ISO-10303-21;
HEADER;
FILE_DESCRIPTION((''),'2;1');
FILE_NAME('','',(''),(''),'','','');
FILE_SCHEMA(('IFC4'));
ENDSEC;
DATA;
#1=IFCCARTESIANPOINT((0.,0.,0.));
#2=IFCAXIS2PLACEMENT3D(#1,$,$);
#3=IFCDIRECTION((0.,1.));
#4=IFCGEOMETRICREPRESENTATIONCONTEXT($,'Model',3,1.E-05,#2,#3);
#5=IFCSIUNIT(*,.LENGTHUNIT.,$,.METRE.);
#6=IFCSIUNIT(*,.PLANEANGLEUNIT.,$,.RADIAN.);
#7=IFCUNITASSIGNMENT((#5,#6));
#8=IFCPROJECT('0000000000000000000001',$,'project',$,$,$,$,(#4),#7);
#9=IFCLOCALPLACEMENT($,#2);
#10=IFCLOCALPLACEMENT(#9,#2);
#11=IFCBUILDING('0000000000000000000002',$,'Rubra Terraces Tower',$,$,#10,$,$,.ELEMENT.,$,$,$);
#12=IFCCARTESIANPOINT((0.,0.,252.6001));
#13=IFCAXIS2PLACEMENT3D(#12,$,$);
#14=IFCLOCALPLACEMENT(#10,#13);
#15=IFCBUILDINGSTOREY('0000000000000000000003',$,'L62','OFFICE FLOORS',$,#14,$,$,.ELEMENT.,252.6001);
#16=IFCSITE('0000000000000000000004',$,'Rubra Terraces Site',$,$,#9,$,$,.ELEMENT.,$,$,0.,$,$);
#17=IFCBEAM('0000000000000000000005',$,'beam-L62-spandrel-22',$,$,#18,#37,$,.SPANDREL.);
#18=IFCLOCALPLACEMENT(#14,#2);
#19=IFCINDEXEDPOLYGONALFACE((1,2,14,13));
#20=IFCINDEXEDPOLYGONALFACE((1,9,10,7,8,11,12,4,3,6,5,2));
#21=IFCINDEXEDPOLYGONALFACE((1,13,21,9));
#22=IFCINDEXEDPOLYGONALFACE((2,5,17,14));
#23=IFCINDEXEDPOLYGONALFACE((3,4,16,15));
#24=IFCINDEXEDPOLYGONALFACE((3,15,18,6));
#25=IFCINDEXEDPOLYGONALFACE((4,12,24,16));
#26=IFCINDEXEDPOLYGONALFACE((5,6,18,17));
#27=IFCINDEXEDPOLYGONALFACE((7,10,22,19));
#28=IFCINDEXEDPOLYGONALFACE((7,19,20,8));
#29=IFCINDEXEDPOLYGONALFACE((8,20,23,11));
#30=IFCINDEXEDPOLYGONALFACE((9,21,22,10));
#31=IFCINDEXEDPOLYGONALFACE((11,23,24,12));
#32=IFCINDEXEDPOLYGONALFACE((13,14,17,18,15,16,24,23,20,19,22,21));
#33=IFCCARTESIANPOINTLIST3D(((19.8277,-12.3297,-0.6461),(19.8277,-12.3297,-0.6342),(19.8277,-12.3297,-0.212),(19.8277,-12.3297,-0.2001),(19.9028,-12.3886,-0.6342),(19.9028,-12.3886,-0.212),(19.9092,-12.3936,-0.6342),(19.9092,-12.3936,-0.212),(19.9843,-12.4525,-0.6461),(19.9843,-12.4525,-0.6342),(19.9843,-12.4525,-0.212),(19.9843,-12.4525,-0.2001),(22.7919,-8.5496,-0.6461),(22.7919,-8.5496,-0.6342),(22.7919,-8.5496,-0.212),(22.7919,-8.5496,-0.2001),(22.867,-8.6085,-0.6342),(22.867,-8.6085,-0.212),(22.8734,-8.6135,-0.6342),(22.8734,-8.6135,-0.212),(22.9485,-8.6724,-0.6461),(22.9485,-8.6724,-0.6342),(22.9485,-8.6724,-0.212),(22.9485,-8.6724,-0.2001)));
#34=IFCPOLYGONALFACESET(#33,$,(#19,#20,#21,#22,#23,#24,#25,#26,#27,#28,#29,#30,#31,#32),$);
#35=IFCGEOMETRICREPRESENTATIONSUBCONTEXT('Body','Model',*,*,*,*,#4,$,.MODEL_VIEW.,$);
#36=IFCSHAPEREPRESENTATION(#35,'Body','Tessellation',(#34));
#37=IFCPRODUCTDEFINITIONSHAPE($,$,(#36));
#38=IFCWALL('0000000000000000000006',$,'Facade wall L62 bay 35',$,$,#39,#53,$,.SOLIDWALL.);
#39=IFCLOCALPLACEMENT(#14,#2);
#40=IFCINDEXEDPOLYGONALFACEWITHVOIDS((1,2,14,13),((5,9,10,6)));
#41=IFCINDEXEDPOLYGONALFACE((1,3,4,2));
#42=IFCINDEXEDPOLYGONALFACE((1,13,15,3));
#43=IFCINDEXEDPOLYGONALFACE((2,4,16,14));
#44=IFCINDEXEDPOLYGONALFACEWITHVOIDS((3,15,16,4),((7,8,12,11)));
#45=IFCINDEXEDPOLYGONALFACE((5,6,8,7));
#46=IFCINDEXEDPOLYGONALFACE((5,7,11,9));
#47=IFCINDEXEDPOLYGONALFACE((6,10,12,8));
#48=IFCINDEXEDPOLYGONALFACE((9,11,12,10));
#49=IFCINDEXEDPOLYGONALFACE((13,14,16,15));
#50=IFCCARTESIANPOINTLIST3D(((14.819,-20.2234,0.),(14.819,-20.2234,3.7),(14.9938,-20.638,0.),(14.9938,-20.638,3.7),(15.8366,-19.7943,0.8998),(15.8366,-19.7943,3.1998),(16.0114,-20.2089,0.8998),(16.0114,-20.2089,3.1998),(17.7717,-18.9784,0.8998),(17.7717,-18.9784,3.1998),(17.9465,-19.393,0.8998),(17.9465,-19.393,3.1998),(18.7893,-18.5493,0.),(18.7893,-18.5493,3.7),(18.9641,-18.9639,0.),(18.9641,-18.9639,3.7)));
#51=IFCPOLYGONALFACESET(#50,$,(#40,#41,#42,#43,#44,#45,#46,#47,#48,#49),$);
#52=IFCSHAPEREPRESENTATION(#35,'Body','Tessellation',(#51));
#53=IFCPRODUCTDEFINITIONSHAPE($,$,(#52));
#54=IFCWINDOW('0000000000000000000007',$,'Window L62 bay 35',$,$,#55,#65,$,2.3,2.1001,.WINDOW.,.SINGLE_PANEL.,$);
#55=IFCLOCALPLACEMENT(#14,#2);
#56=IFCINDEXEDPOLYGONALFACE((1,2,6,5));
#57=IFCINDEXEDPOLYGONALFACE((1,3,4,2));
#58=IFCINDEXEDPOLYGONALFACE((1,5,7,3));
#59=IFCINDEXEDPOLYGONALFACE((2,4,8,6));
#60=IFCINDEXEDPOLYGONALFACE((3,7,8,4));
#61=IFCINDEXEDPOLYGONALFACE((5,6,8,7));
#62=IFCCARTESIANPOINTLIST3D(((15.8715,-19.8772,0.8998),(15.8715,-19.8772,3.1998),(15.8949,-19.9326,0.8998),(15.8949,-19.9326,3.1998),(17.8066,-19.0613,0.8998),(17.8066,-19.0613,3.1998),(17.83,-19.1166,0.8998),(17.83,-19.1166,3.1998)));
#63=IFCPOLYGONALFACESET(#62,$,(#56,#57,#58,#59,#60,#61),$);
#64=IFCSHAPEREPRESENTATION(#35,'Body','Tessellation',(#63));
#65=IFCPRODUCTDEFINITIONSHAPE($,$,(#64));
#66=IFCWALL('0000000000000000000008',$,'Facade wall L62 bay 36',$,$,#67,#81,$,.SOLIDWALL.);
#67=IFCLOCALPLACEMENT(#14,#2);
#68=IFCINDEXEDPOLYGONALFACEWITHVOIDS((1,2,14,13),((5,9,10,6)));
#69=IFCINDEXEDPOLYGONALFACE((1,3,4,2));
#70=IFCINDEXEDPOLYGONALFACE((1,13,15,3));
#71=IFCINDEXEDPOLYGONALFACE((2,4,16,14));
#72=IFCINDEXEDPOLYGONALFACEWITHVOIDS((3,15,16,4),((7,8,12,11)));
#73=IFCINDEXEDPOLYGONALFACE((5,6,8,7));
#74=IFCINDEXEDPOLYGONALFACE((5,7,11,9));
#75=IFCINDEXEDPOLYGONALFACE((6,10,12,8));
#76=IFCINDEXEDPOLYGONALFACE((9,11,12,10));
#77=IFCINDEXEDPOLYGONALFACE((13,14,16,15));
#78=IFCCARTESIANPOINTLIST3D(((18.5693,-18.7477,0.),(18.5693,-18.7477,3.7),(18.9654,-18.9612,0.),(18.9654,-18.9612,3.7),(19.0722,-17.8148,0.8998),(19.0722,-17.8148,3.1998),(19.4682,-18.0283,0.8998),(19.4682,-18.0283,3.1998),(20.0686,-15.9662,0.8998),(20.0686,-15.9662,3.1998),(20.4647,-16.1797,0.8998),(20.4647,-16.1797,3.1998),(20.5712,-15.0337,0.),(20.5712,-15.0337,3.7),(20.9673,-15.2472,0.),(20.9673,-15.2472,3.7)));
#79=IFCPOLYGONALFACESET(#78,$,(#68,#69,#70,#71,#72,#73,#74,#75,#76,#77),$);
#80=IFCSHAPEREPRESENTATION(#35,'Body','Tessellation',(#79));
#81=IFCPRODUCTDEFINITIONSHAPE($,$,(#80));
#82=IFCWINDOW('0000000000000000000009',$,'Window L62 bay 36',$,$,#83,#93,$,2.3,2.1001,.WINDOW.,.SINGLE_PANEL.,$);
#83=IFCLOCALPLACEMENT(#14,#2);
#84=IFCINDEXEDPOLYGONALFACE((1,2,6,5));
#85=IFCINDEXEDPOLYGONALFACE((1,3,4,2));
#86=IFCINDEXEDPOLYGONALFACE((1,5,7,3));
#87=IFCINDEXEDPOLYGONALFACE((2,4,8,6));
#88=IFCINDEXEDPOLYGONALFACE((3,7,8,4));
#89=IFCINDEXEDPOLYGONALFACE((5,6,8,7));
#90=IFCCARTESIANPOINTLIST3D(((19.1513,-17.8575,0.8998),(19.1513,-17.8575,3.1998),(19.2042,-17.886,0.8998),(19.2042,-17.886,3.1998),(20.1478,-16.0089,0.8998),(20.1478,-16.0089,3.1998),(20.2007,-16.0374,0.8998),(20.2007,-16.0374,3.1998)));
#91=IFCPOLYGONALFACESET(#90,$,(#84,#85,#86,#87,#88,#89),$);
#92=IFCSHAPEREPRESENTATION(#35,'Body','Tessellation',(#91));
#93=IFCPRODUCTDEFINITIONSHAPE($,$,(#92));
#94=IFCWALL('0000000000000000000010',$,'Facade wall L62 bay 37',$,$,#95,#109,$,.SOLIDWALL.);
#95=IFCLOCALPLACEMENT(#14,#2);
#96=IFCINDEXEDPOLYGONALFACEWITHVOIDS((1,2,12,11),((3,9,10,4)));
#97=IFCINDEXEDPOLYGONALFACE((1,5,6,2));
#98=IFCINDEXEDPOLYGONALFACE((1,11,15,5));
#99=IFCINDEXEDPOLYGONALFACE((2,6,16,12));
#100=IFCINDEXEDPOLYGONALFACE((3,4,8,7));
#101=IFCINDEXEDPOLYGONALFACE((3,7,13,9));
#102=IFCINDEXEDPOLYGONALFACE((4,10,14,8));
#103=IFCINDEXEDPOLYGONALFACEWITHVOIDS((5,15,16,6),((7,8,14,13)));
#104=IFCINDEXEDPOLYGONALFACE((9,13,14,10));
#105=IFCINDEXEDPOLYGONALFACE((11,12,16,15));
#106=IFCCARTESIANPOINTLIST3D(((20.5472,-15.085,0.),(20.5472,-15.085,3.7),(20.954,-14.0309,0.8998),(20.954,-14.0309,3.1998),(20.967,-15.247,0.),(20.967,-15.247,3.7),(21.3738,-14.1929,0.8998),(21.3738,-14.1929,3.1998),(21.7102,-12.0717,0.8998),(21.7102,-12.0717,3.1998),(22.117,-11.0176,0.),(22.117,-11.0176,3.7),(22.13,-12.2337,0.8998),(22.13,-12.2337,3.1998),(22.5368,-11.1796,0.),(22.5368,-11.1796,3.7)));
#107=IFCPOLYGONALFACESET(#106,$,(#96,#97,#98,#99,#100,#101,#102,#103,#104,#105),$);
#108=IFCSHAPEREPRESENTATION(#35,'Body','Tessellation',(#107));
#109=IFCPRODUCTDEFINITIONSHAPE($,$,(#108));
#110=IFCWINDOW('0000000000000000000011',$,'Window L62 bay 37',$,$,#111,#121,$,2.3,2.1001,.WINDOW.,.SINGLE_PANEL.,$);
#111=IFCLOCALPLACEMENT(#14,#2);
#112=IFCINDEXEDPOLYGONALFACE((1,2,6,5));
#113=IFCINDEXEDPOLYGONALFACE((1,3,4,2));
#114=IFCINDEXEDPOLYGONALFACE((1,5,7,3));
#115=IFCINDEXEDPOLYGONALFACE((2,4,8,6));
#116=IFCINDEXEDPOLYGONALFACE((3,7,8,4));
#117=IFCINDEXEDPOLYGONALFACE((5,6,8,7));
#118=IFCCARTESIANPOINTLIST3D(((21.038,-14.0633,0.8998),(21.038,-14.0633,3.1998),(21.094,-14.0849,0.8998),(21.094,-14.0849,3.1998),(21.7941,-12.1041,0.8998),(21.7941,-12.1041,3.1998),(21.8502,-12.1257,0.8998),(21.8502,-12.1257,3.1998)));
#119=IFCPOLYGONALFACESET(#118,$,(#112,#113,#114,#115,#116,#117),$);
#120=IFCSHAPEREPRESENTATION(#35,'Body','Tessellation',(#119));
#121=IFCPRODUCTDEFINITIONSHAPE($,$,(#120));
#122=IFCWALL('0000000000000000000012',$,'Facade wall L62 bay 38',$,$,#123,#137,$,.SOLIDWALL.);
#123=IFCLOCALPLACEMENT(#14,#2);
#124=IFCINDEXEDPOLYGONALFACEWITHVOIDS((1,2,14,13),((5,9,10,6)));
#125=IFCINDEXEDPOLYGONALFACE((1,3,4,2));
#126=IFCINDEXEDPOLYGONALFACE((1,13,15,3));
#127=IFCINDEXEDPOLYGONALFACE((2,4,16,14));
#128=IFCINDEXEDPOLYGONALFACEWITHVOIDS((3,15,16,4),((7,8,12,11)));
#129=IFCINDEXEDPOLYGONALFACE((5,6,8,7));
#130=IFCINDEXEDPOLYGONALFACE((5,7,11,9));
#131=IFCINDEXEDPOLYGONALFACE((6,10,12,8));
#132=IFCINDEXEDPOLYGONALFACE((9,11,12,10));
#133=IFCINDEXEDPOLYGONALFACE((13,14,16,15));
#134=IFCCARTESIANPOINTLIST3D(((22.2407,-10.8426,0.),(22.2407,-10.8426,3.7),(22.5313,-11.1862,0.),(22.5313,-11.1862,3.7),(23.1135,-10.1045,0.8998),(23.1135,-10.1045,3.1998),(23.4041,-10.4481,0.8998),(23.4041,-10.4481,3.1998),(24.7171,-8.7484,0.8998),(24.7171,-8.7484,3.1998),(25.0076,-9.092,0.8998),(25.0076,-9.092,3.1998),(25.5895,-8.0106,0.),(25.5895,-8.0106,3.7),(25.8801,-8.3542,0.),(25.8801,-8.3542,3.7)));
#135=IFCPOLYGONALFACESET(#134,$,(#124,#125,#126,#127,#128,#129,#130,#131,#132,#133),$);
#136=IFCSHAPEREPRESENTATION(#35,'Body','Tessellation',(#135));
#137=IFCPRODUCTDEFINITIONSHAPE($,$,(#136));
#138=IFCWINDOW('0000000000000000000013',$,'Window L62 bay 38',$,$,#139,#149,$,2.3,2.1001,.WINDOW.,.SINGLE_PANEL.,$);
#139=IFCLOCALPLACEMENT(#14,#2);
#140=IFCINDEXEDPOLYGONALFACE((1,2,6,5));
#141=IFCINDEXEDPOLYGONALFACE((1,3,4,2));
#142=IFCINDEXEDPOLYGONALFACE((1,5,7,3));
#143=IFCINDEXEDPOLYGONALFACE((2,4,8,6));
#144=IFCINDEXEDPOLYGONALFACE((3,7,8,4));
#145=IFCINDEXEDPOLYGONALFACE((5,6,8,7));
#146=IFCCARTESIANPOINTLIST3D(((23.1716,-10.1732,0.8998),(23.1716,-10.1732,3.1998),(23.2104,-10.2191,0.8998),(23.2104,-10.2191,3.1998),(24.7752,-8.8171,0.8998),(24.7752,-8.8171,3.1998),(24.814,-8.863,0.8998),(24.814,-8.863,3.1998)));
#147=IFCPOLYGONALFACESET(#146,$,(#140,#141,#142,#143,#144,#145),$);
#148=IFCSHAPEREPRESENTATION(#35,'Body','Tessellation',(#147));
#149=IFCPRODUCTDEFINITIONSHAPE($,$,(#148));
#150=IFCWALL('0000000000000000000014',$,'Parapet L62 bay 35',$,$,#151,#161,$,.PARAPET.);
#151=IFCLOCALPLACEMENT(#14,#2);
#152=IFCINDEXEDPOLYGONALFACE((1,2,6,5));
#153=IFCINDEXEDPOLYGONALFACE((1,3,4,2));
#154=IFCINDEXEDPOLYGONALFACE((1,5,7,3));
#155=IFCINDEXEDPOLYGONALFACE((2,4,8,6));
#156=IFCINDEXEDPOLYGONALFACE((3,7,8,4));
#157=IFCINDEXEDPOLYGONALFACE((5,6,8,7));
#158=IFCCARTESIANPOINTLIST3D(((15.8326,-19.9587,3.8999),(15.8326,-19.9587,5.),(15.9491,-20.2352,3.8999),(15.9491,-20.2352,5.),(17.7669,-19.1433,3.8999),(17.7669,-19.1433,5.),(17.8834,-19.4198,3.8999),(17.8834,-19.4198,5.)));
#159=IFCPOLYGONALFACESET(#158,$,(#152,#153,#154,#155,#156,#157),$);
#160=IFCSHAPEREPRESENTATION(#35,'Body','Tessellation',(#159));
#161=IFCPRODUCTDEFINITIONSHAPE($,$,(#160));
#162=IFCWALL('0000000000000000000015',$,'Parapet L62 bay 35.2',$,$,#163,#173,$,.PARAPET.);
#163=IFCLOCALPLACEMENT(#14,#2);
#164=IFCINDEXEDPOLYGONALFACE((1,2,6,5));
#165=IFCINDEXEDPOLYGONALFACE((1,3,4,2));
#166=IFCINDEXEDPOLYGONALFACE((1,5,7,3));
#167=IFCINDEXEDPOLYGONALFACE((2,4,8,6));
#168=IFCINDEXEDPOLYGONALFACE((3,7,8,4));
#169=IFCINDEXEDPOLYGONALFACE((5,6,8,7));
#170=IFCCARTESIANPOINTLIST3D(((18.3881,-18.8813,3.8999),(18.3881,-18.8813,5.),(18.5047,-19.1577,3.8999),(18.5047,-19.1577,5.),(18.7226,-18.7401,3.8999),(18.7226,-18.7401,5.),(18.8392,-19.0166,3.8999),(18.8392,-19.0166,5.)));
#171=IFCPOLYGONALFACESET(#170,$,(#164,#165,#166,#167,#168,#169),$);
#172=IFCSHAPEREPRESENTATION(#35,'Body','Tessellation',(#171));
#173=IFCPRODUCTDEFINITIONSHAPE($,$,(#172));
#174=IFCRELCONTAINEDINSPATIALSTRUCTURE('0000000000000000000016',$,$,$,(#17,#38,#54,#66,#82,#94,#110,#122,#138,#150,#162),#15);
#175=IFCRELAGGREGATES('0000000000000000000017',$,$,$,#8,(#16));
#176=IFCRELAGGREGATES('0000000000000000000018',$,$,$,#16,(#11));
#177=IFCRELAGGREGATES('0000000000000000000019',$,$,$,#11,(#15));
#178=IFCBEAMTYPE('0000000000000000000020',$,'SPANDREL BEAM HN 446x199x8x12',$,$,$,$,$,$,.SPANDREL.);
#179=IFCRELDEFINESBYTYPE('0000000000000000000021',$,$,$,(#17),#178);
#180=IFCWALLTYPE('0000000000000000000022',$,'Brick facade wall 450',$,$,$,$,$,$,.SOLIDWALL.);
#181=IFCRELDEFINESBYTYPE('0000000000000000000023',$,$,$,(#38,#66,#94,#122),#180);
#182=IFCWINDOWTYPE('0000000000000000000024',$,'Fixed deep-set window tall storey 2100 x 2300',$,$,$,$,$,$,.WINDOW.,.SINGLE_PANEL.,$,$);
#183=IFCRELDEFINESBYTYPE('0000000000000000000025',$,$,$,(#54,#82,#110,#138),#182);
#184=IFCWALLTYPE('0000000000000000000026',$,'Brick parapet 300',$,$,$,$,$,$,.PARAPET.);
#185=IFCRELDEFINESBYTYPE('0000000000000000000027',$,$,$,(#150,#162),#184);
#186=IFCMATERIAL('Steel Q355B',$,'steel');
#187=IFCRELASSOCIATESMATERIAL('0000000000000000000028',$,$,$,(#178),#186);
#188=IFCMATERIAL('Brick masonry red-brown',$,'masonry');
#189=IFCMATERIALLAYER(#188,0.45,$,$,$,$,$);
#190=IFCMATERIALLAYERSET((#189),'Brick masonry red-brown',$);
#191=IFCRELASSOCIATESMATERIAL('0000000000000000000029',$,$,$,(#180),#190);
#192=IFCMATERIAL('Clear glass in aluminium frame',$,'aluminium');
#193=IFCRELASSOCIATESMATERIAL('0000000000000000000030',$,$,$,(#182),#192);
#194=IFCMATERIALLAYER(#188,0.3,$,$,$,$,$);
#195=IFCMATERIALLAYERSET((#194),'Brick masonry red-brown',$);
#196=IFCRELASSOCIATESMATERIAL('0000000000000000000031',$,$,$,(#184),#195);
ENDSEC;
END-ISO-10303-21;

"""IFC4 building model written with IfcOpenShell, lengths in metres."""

from ifc_helpers import new_model, si_unit, direction, frame, frame_2d, origin, origin_2d, place, context, subcontext, project, spatial, rectangle, i_section, extrude, material, layer, layer_set, material_profile, profile_set, type_object, element, fill, save


model = new_model("IFC4")

# Units and contexts
model_context = context("Model", 3, precision=1e-05, world=origin(), true_north=direction((0.0, 1.0)))
body_context = subcontext(model_context, "Body", "Model", "MODEL_VIEW")
ifc_project = project(units=[si_unit("LENGTHUNIT", "METRE"), si_unit("PLANEANGLEUNIT", "RADIAN")], contexts=[model_context])

# Site, building, storey
site_placement = place(None, origin())
site = spatial("IfcSite", under=ifc_project, at=site_placement, Name="Rubra Terraces Site", CompositionType="ELEMENT", RefElevation=0.0)
building_placement = place(site_placement, origin())
building = spatial("IfcBuilding", under=site, at=building_placement, Name="Rubra Terraces Tower", CompositionType="ELEMENT")
storey_placement = place(building_placement, frame((0.0, 0.0, 252.6001)))
storey = spatial("IfcBuildingStorey", under=building, at=storey_placement, Name="L62", Description="OFFICE FLOORS", CompositionType="ELEMENT", Elevation=252.6001)

# Beam
ifc_material_1 = material(Name="Steel Q355B", Category="steel")
ifc_material_profile_1 = material_profile(ifc_material_1, i_section(OverallWidth=0.199, OverallDepth=0.446, WebThickness=0.0081, FlangeThickness=0.012, at=origin_2d()), Name="HN 446x199x8x12")
ifc_profile_set_1 = profile_set([ifc_material_profile_1], Name="Steel Q355B")
beam_type_1 = type_object("IfcBeamType", Name="SPANDREL BEAM HN 446x199x8x12", PredefinedType="SPANDREL", material=ifc_profile_set_1)
beam_1_placement = place(storey_placement, frame((19.906, -12.3911, -0.4231), z_axis=(0.61706, 0.786916, 0.0), x_axis=(-0.786916, 0.61706, 0.0)))
element("IfcBeam", 1, at=beam_1_placement, inside=storey, type_object=beam_type_1, Name="beam-L62-spandrel-22", PredefinedType="SPANDREL", context=body_context, shape_type="SweptSolid", body=[
    extrude(i_section(OverallWidth=0.199, OverallDepth=0.446, WebThickness=0.0081, FlangeThickness=0.012, at=origin_2d()), origin(), (0.0, 0.0, 1.0), 4.8037),
])

# Walls, openings, windows
ifc_material_2 = material(Name="Brick masonry red-brown", Category="masonry")
ifc_layer_1 = layer(ifc_material_2, 0.45)
ifc_layer_set_1 = layer_set([ifc_layer_1], Name="Brick masonry red-brown")
wall_type_1 = type_object("IfcWallType", Name="Brick facade wall 450", PredefinedType="SOLIDWALL", material=ifc_layer_set_1)
wall_1_placement = place(storey_placement, frame((14.9065, -20.4307, 0.0), z_axis=(0.0, 0.0, 1.0), x_axis=(0.921436, 0.388531, 0.0)))
wall_1 = element("IfcWall", 2, at=wall_1_placement, inside=storey, type_object=wall_type_1, Name="Facade wall L62 bay 35", PredefinedType="SOLIDWALL", context=body_context, shape_type="SweptSolid", body=[
    extrude(rectangle(XDim=4.3088, YDim=0.45, at=frame_2d((2.1543, 0.0))), origin(), (0.0, 0.0, 1.0), 3.7),
])
opening_1_placement = place(wall_1_placement, frame((1.1042, 0.0, 0.8999)))
opening_1 = element("IfcOpeningElement", 3, at=opening_1_placement, cuts=wall_1, PredefinedType="OPENING", context=body_context, shape_type="SweptSolid", body=[
    extrude(rectangle(XDim=2.1001, YDim=2.3, at=frame_2d((1.05, 1.1499))), frame((0.0, 0.2349, 0.0), z_axis=(0.0, -1.0, 0.0), x_axis=(1.0, 0.0, 0.0)), (0.0, 0.0, 1.0), 0.47),
])
ifc_material_3 = material(Name="Clear glass in aluminium frame", Category="aluminium")
window_type = type_object("IfcWindowType", Name="Fixed deep-set window tall storey 2100 x 2300", PartitioningType="SINGLE_PANEL", PredefinedType="WINDOW", material=ifc_material_3)
window_1_placement = place(opening_1_placement, origin())
window_1 = element("IfcWindow", 4, at=window_1_placement, inside=storey, type_object=window_type, Name="Window L62 bay 35", OverallHeight=2.3, OverallWidth=2.1001, PartitioningType="SINGLE_PANEL", PredefinedType="WINDOW", context=body_context, shape_type="SweptSolid", body=[
    extrude(rectangle(XDim=2.1001, YDim=2.3, at=frame_2d((1.05, 1.1499))), frame((0.0, 0.135, 0.0), z_axis=(0.0, -1.0, 0.0), x_axis=(1.0, 0.0, 0.0)), (0.0, 0.0, 1.0), 0.0601),
])
fill(opening_1, window_1)
wall_2_placement = place(storey_placement, frame((18.7673, -18.8545, 0.0), z_axis=(0.0, 0.0, 1.0), x_axis=(0.474476, 0.880268, 0.0)))
wall_2 = element("IfcWall", 5, at=wall_2_placement, inside=storey, type_object=wall_type_1, Name="Facade wall L62 bay 36", PredefinedType="SOLIDWALL", context=body_context, shape_type="SweptSolid", body=[
    extrude(rectangle(XDim=4.2192, YDim=0.45, at=frame_2d((2.1096, 0.0))), origin(), (0.0, 0.0, 1.0), 3.7),
])
opening_2_placement = place(wall_2_placement, frame((1.0598, 0.0, 0.8999)))
opening_2 = element("IfcOpeningElement", 6, at=opening_2_placement, cuts=wall_2, PredefinedType="OPENING", context=body_context, shape_type="SweptSolid", body=[
    extrude(rectangle(XDim=2.1001, YDim=2.3, at=frame_2d((1.05, 1.1499))), frame((0.0, 0.2349, 0.0), z_axis=(0.0, -1.0, 0.0), x_axis=(1.0, 0.0, 0.0)), (0.0, 0.0, 1.0), 0.47),
])
window_2_placement = place(opening_2_placement, origin())
window_2 = element("IfcWindow", 7, at=window_2_placement, inside=storey, type_object=window_type, Name="Window L62 bay 36", OverallHeight=2.3, OverallWidth=2.1001, PartitioningType="SINGLE_PANEL", PredefinedType="WINDOW", context=body_context, shape_type="SweptSolid", body=[
    extrude(rectangle(XDim=2.1001, YDim=2.3, at=frame_2d((1.05, 1.1499))), frame((0.0, 0.135, 0.0), z_axis=(0.0, -1.0, 0.0), x_axis=(1.0, 0.0, 0.0)), (0.0, 0.0, 1.0), 0.0601),
])
fill(opening_2, window_2)
wall_3_placement = place(storey_placement, frame((20.7571, -15.166, 0.0), z_axis=(0.0, 0.0, 1.0), x_axis=(0.360067, 0.932926, 0.0)))
wall_3 = element("IfcWall", 8, at=wall_3_placement, inside=storey, type_object=wall_type_1, Name="Facade wall L62 bay 37", PredefinedType="SOLIDWALL", context=body_context, shape_type="SweptSolid", body=[
    extrude(rectangle(XDim=4.3599, YDim=0.45, at=frame_2d((2.1799, 0.0))), origin(), (0.0, 0.0, 1.0), 3.7),
])
opening_3_placement = place(wall_3_placement, frame((1.1299, 0.0, 0.8999)))
opening_3 = element("IfcOpeningElement", 9, at=opening_3_placement, cuts=wall_3, PredefinedType="OPENING", context=body_context, shape_type="SweptSolid", body=[
    extrude(rectangle(XDim=2.1001, YDim=2.3, at=frame_2d((1.05, 1.1499))), frame((0.0, 0.2349, 0.0), z_axis=(0.0, -1.0, 0.0), x_axis=(1.0, 0.0, 0.0)), (0.0, 0.0, 1.0), 0.47),
])
window_3_placement = place(opening_3_placement, origin())
window_3 = element("IfcWindow", 10, at=window_3_placement, inside=storey, type_object=window_type, Name="Window L62 bay 37", OverallHeight=2.3, OverallWidth=2.1001, PartitioningType="SINGLE_PANEL", PredefinedType="WINDOW", context=body_context, shape_type="SweptSolid", body=[
    extrude(rectangle(XDim=2.1001, YDim=2.3, at=frame_2d((1.05, 1.1499))), frame((0.0, 0.135, 0.0), z_axis=(0.0, -1.0, 0.0), x_axis=(1.0, 0.0, 0.0)), (0.0, 0.0, 1.0), 0.0601),
])
fill(opening_3, window_3)
wall_4_placement = place(storey_placement, frame((22.386, -11.0144, 0.0), z_axis=(0.0, 0.0, 1.0), x_axis=(0.76357, 0.645725, 0.0)))
wall_4 = element("IfcWall", 11, at=wall_4_placement, inside=storey, type_object=wall_type_1, Name="Facade wall L62 bay 38", PredefinedType="SOLIDWALL", context=body_context, shape_type="SweptSolid", body=[
    extrude(rectangle(XDim=4.3857, YDim=0.45, at=frame_2d((2.1929, 0.0))), origin(), (0.0, 0.0, 1.0), 3.7),
])
opening_4_placement = place(wall_4_placement, frame((1.1431, 0.0, 0.8999)))
opening_4 = element("IfcOpeningElement", 12, at=opening_4_placement, cuts=wall_4, PredefinedType="OPENING", context=body_context, shape_type="SweptSolid", body=[
    extrude(rectangle(XDim=2.1001, YDim=2.3, at=frame_2d((1.05, 1.1499))), frame((0.0, 0.2349, 0.0), z_axis=(0.0, -1.0, 0.0), x_axis=(1.0, 0.0, 0.0)), (0.0, 0.0, 1.0), 0.47),
])
window_4_placement = place(opening_4_placement, origin())
window_4 = element("IfcWindow", 13, at=window_4_placement, inside=storey, type_object=window_type, Name="Window L62 bay 38", OverallHeight=2.3, OverallWidth=2.1001, PartitioningType="SINGLE_PANEL", PredefinedType="WINDOW", context=body_context, shape_type="SweptSolid", body=[
    extrude(rectangle(XDim=2.1001, YDim=2.3, at=frame_2d((1.05, 1.1499))), frame((0.0, 0.135, 0.0), z_axis=(0.0, -1.0, 0.0), x_axis=(1.0, 0.0, 0.0)), (0.0, 0.0, 1.0), 0.0601),
])
fill(opening_4, window_4)

# Walls
ifc_layer_2 = layer(ifc_material_2, 0.3)
ifc_layer_set_2 = layer_set([ifc_layer_2], Name="Brick masonry red-brown")
wall_type_2 = type_object("IfcWallType", Name="Brick parapet 300", PredefinedType="PARAPET", material=ifc_layer_set_2)
wall_5_placement = place(storey_placement, frame((15.8909, -20.0969, 3.8999), z_axis=(0.0, 0.0, 1.0), x_axis=(0.921469, 0.388452, 0.0)))
element("IfcWall", 14, at=wall_5_placement, inside=storey, type_object=wall_type_2, Name="Parapet L62 bay 35", PredefinedType="PARAPET", context=body_context, shape_type="SweptSolid", body=[
    extrude(rectangle(XDim=2.0991, YDim=0.3, at=frame_2d((1.0496, 0.0))), origin(), (0.0, 0.0, 1.0), 1.1001),
])
wall_6_placement = place(storey_placement, frame((18.4463, -19.0195, 3.8999), z_axis=(0.0, 0.0, 1.0), x_axis=(0.921357, 0.388718, 0.0)))
element("IfcWall", 15, at=wall_6_placement, inside=storey, type_object=wall_type_2, Name="Parapet L62 bay 35.2", PredefinedType="PARAPET", context=body_context, shape_type="SweptSolid", body=[
    extrude(rectangle(XDim=0.363, YDim=0.3, at=frame_2d((0.1816, 0.0))), origin(), (0.0, 0.0, 1.0), 1.1001),
])

save(model, "model.ifc")
